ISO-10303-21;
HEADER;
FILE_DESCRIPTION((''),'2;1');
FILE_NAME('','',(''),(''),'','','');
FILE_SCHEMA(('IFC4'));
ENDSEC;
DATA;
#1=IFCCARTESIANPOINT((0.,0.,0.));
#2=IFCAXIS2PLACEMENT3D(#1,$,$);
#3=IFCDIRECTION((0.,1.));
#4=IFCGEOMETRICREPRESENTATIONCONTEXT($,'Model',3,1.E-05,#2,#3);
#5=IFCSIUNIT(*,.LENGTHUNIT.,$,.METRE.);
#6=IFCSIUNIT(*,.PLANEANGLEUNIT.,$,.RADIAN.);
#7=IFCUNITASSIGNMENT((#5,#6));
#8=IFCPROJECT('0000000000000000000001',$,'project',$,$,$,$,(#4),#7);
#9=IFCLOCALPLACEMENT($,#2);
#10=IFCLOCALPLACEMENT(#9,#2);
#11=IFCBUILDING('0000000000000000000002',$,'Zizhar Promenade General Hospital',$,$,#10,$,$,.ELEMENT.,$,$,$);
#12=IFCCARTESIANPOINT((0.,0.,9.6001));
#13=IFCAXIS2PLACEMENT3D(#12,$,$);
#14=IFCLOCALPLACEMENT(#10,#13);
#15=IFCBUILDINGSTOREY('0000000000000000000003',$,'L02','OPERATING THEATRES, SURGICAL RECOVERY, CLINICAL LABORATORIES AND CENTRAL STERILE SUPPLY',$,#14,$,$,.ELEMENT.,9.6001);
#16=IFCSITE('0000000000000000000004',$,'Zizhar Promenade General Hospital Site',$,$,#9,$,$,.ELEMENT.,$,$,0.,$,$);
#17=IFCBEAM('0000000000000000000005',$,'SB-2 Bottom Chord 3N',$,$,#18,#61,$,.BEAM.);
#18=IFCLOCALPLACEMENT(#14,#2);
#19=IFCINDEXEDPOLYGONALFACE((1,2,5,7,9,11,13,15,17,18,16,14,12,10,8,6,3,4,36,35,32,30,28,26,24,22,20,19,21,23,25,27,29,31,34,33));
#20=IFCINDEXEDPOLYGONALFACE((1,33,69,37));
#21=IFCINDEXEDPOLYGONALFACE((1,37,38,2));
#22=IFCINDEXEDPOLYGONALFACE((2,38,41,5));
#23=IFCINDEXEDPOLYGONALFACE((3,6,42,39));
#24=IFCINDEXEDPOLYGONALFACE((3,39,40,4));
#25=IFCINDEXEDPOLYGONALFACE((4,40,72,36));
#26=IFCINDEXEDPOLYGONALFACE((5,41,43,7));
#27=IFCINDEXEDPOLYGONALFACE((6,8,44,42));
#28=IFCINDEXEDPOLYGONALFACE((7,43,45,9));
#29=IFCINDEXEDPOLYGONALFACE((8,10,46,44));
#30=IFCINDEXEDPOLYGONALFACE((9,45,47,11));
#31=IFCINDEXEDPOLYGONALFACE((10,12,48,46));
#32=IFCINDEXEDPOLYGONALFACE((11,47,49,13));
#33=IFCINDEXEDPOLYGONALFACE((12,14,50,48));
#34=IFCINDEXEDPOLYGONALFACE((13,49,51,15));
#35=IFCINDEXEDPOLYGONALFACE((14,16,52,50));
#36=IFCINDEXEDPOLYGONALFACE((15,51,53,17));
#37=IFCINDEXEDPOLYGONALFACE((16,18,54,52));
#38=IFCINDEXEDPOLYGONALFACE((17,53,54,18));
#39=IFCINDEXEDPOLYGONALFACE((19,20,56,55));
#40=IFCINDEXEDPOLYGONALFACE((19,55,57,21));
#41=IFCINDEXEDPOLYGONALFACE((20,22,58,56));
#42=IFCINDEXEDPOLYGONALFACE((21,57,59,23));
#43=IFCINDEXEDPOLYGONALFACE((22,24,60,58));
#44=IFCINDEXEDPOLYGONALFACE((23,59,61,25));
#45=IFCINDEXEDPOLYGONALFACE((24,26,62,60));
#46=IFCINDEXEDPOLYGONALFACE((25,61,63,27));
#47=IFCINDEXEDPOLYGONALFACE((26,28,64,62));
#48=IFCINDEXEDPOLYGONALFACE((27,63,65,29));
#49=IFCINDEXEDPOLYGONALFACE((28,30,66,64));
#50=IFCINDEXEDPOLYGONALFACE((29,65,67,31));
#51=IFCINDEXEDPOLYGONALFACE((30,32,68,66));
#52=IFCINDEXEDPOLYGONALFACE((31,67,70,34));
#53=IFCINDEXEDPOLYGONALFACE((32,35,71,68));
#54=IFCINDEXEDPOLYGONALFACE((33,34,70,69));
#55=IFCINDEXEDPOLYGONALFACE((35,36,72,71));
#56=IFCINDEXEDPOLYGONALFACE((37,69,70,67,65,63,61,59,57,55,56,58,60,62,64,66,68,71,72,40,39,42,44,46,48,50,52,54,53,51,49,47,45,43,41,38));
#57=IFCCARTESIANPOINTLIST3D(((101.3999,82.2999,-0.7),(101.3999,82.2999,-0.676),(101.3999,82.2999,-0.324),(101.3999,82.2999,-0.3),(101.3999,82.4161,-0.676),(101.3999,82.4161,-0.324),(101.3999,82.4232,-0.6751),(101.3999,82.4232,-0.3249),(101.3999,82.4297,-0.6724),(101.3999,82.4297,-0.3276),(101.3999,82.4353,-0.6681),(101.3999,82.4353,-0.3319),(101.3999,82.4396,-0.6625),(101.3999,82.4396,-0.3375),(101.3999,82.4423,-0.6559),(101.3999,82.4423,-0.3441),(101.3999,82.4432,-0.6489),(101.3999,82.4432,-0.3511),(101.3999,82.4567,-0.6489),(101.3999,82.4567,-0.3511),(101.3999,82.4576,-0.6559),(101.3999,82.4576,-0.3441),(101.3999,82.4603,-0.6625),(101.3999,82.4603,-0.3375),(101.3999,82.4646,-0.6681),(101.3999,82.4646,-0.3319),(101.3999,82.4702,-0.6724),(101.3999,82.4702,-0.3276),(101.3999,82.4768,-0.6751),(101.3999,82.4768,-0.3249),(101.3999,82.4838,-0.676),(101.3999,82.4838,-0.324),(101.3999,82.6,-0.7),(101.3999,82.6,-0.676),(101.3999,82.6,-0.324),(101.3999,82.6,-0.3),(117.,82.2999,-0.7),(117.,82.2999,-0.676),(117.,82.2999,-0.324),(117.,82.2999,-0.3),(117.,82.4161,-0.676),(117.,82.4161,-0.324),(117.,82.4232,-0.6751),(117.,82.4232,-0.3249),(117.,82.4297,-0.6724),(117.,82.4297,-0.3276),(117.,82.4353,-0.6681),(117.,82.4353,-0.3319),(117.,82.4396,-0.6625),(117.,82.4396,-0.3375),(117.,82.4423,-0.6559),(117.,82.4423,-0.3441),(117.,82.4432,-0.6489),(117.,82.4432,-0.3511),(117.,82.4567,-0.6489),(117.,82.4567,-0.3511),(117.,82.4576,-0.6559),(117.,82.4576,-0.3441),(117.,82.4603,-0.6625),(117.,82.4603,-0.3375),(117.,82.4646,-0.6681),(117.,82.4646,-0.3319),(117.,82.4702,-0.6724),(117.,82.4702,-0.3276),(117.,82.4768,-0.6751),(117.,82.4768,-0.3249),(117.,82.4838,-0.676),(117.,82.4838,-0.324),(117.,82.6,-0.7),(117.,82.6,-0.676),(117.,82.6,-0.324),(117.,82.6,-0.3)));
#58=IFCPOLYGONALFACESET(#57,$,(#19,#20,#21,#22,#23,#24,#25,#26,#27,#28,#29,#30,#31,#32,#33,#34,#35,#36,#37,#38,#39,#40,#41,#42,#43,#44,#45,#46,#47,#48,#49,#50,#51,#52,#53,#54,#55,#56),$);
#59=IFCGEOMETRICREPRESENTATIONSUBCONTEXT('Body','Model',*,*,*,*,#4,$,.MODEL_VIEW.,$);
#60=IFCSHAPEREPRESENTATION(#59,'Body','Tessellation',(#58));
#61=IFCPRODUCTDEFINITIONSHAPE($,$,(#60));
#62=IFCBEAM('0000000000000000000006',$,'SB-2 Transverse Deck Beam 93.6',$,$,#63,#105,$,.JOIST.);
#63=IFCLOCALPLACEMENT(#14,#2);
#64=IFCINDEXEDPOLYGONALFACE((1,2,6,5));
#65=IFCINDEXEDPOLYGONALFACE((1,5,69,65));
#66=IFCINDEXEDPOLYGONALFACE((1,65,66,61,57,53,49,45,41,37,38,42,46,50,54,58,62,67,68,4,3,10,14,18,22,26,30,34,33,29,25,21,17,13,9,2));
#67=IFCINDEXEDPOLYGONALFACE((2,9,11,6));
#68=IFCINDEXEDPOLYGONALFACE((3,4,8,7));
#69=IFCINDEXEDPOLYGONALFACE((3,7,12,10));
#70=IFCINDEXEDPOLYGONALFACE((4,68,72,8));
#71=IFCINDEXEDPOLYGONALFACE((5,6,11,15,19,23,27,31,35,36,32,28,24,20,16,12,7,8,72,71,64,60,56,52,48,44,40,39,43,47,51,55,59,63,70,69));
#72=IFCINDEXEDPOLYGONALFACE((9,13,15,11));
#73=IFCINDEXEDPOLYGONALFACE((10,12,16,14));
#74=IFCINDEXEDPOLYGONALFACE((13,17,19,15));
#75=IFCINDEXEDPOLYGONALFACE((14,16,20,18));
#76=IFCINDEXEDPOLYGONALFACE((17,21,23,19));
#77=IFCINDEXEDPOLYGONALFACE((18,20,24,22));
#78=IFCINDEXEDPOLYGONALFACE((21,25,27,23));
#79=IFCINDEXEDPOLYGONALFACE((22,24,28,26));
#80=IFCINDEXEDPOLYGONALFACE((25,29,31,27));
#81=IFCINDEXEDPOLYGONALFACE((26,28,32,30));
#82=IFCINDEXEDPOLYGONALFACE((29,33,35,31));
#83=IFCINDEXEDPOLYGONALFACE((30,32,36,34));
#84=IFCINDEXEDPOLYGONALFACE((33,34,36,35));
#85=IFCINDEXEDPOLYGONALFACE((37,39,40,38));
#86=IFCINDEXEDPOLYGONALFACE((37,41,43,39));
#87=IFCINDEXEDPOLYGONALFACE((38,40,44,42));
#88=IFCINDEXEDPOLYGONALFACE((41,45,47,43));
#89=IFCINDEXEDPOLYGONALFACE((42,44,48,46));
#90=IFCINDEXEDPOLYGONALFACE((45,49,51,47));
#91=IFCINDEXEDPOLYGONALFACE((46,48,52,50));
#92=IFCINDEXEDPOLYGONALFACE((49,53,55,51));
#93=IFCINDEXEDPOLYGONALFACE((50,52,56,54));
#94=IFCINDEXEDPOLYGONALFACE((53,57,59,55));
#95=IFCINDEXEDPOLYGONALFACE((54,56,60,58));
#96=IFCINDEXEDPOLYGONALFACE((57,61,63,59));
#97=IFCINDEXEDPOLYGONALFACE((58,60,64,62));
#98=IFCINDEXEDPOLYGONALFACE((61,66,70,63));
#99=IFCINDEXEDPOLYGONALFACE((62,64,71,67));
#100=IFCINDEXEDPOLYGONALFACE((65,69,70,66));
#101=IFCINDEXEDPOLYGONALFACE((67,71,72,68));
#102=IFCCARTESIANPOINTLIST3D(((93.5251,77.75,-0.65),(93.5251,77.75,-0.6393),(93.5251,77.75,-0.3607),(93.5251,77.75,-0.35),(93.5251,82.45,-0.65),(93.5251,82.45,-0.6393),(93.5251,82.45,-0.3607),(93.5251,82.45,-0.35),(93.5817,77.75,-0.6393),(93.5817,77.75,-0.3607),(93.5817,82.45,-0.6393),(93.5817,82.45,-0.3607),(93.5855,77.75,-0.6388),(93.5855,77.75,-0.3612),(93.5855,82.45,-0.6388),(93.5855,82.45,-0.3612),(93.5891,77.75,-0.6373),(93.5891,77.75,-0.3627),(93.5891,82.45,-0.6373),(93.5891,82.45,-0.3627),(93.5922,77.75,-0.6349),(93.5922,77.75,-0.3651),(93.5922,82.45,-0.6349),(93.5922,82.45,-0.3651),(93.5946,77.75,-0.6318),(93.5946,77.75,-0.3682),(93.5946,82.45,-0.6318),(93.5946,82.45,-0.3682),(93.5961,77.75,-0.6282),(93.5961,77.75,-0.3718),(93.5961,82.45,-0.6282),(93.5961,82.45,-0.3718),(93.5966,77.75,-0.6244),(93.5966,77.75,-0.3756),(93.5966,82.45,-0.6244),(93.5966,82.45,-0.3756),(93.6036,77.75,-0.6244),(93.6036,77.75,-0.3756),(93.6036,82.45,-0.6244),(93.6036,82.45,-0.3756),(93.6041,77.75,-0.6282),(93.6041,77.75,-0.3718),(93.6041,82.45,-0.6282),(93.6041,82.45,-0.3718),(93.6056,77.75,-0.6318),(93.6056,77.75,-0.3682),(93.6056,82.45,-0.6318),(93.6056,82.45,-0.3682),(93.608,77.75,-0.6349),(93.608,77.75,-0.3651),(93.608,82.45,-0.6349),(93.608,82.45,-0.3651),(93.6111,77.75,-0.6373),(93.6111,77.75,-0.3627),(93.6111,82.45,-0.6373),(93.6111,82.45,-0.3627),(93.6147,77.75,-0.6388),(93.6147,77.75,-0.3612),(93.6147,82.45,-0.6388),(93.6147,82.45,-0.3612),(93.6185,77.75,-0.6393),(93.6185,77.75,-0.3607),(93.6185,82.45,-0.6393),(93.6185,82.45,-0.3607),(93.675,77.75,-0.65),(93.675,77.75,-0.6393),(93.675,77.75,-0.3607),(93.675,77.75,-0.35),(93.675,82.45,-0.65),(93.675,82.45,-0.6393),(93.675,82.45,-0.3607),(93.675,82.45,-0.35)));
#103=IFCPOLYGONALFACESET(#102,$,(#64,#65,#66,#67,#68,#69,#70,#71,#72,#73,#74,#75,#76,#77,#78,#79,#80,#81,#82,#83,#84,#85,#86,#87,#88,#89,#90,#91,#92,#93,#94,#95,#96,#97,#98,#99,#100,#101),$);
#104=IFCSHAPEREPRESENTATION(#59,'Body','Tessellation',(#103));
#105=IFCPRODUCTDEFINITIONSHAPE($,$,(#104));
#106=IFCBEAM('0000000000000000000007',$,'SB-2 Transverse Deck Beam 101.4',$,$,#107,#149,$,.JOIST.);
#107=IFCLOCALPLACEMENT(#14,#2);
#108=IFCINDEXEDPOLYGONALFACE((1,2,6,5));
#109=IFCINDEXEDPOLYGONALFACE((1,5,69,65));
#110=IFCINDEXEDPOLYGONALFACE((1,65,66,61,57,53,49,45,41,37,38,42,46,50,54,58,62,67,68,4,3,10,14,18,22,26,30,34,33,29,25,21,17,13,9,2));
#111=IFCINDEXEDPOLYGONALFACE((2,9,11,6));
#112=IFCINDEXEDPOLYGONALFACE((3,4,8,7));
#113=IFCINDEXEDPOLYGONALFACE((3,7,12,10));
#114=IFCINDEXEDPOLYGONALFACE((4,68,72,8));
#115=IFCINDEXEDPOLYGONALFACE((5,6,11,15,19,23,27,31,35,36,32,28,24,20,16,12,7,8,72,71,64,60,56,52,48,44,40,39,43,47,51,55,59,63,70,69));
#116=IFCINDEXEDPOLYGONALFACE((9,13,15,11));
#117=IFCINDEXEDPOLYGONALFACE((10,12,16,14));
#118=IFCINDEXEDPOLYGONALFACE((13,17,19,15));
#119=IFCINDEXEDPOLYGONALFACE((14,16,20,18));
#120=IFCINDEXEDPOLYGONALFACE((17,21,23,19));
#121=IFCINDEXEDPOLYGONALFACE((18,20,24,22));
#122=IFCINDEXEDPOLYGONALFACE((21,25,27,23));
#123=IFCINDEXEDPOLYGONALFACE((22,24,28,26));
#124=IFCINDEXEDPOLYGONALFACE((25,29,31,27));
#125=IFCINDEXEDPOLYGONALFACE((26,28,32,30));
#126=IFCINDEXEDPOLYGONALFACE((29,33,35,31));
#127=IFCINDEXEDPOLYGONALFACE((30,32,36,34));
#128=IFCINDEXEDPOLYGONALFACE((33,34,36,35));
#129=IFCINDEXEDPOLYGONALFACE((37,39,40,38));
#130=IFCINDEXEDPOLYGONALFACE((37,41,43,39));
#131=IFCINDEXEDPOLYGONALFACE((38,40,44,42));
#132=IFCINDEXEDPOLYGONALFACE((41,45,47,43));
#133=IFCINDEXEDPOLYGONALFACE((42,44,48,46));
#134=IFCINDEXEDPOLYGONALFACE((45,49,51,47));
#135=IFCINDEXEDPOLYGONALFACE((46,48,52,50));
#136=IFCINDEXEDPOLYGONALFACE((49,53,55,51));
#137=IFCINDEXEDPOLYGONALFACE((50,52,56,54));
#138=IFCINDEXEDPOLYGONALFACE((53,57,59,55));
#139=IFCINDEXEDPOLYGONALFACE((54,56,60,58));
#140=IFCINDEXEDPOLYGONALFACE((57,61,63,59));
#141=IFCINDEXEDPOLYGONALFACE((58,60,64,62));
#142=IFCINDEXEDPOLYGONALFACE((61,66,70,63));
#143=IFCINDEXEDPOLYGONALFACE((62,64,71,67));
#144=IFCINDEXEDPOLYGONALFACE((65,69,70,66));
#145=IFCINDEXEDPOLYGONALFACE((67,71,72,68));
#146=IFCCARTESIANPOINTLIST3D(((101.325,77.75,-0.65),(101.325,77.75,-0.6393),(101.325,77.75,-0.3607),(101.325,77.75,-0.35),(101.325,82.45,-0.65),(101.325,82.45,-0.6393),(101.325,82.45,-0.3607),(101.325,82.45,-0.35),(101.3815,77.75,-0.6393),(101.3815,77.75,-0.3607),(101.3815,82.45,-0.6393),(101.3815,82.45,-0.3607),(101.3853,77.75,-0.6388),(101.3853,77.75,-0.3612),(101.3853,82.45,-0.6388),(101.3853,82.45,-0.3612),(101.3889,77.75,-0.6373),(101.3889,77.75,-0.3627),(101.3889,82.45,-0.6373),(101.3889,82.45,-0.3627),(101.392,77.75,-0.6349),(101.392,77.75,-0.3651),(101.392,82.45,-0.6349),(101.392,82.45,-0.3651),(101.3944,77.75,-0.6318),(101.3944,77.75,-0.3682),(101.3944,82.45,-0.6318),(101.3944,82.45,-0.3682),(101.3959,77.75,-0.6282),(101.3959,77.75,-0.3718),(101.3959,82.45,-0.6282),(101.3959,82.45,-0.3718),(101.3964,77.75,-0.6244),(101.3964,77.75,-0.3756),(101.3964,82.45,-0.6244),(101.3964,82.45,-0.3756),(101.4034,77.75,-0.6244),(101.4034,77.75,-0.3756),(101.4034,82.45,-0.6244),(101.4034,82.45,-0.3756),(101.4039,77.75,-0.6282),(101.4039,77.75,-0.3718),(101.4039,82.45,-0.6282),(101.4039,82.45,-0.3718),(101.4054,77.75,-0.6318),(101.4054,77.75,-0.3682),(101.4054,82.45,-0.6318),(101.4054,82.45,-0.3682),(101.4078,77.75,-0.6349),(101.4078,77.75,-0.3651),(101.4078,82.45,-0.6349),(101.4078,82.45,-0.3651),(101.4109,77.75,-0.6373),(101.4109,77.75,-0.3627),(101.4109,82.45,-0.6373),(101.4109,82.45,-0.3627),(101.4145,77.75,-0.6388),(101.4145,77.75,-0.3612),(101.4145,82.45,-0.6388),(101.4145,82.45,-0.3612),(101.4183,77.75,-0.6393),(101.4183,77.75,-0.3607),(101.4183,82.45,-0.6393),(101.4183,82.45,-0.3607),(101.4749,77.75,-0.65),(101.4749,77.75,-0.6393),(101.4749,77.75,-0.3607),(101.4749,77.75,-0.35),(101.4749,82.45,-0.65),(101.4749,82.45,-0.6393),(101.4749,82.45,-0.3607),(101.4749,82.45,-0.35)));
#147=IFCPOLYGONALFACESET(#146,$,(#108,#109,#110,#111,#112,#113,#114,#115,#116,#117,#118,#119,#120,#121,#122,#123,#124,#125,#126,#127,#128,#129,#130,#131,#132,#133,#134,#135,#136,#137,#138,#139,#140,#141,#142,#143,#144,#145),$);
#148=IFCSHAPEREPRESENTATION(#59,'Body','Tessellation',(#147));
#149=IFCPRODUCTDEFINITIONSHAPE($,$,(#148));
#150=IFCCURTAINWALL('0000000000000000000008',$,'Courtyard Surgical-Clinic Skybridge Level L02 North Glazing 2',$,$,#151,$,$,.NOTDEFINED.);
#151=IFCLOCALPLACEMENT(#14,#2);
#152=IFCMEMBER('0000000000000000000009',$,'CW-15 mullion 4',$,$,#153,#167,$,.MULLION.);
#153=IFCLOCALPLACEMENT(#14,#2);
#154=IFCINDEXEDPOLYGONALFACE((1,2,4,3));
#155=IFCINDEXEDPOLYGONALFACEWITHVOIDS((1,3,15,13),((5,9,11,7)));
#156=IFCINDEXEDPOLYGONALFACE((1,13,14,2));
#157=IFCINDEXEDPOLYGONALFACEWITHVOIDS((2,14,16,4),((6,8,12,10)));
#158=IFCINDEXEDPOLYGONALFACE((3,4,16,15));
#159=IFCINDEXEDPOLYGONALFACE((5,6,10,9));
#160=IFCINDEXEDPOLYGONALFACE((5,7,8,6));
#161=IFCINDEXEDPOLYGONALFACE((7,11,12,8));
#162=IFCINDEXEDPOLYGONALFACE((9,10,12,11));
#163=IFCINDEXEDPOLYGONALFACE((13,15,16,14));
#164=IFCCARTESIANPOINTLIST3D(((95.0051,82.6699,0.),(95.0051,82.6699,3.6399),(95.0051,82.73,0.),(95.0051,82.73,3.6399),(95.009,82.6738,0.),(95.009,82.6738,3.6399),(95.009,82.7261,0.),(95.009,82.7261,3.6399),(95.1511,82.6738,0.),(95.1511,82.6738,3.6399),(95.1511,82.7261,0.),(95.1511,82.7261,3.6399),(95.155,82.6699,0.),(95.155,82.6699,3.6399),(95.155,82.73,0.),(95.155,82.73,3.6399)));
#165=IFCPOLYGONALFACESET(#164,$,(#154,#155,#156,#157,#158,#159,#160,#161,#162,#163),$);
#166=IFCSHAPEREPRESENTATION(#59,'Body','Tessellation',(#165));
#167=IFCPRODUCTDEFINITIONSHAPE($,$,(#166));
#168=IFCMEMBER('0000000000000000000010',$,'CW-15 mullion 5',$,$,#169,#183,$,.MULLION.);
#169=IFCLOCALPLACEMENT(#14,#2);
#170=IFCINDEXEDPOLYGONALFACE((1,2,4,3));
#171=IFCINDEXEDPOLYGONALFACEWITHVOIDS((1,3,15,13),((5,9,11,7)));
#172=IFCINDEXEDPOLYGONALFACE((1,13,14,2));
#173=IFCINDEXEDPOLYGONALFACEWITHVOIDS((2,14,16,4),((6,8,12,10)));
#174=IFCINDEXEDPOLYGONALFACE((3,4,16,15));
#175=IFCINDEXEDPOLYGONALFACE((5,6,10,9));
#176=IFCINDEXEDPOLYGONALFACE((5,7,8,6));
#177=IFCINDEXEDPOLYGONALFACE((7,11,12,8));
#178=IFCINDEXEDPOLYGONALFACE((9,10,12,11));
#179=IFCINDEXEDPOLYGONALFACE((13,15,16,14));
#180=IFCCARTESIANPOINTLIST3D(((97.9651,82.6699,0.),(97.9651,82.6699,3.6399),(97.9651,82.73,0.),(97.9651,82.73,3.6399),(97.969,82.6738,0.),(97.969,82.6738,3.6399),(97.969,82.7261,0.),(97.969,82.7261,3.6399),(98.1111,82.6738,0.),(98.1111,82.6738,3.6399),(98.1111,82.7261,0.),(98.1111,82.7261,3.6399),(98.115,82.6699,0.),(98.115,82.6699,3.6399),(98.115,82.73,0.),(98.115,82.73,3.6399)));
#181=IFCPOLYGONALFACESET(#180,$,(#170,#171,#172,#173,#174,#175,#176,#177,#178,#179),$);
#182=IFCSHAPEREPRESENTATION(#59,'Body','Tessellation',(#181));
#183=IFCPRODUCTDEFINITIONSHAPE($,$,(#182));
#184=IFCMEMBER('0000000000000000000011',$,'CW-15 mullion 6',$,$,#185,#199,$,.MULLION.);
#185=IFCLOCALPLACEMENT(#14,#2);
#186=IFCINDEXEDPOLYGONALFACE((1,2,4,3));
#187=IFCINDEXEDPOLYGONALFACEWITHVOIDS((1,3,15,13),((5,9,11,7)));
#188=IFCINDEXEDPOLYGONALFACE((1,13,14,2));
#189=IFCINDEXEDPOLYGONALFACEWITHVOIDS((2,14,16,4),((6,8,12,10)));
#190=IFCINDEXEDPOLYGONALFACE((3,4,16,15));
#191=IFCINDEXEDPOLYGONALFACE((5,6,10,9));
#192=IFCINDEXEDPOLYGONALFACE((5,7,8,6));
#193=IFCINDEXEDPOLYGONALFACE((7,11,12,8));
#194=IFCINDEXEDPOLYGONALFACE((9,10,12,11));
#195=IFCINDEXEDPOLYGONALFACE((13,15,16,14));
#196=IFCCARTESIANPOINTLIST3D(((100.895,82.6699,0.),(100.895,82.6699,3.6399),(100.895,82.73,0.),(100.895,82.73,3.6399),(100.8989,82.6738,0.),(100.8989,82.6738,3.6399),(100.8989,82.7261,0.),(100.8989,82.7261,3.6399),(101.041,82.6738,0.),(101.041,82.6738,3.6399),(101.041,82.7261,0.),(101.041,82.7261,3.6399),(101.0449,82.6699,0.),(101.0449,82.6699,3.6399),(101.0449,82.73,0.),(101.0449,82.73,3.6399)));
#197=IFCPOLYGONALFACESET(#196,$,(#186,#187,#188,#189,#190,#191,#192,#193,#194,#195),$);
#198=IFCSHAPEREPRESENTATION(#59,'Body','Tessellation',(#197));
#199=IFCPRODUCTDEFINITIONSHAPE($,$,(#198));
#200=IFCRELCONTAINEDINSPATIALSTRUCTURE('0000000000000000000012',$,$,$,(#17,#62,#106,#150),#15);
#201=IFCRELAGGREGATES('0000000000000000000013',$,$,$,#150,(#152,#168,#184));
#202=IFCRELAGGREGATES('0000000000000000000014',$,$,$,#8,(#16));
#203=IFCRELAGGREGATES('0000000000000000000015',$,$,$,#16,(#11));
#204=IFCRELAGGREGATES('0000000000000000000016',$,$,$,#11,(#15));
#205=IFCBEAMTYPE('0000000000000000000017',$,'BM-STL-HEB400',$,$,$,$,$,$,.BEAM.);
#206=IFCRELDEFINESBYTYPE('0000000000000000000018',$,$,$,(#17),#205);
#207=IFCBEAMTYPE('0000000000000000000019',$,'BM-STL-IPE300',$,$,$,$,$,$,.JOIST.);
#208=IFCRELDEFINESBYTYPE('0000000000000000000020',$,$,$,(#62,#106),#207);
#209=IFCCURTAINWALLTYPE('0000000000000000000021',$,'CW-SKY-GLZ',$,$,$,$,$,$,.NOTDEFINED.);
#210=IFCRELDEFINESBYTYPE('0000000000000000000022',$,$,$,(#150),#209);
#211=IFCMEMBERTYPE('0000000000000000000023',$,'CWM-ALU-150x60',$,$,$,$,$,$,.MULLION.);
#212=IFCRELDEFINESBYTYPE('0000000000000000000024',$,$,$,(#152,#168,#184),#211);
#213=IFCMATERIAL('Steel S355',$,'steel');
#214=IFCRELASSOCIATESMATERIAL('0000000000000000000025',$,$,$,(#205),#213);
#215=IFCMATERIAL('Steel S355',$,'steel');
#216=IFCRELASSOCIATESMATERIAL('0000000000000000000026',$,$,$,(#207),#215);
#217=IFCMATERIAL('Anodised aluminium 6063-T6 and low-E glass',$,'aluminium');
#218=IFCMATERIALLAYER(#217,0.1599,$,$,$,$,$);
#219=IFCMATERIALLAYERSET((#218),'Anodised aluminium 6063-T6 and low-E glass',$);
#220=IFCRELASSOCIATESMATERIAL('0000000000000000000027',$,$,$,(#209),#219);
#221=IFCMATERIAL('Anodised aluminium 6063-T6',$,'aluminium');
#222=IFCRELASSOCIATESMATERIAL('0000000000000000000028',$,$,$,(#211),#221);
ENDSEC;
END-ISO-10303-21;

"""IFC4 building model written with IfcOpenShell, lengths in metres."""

from ifc_helpers import new_model, si_unit, direction, frame, origin, origin_2d, place, context, subcontext, project, spatial, hollow_rectangle, i_section, extrude, material, layer, layer_set, material_profile, profile_set, type_object, element, aggregate, save


model = new_model("IFC4")

# Units and contexts
model_context = context("Model", 3, precision=1e-05, world=origin(), true_north=direction((0.0, 1.0)))
body_context = subcontext(model_context, "Body", "Model", "MODEL_VIEW")
ifc_project = project(units=[si_unit("LENGTHUNIT", "METRE"), si_unit("PLANEANGLEUNIT", "RADIAN")], contexts=[model_context])

# Site, building, storey
site_placement = place(None, origin())
site = spatial("IfcSite", under=ifc_project, at=site_placement, Name="Zizhar Promenade General Hospital Site", CompositionType="ELEMENT", RefElevation=0.0)
building_placement = place(site_placement, origin())
building = spatial("IfcBuilding", under=site, at=building_placement, Name="Zizhar Promenade General Hospital", CompositionType="ELEMENT")
storey_placement = place(building_placement, frame((0.0, 0.0, 9.6001)))
storey = spatial("IfcBuildingStorey", under=building, at=storey_placement, Name="L02", Description="OPERATING THEATRES, SURGICAL RECOVERY, CLINICAL LABORATORIES AND CENTRAL STERILE SUPPLY", CompositionType="ELEMENT", Elevation=9.6001)

# Beams
ifc_material_1 = material(Name="Steel S355", Category="steel")
ifc_material_profile_1 = material_profile(ifc_material_1, i_section(OverallWidth=0.3, OverallDepth=0.3999, WebThickness=0.0134, FlangeThickness=0.0239, FilletRadius=0.0271, at=origin_2d()))
ifc_profile_set_1 = profile_set([ifc_material_profile_1], Name="Steel S355")
beam_type_1 = type_object("IfcBeamType", Name="BM-STL-HEB400", PredefinedType="BEAM", material=ifc_profile_set_1)
for number, where, z_axis, x_axis, name in (
    (1, (101.3999, 82.45, -0.5), (1.0, 0.0, 0.0), (0.0, 1.0, 0.0), "SB-2 Bottom Chord 3N"),
):
    element("IfcBeam", number, at=place(storey_placement, frame(where, z_axis=z_axis, x_axis=x_axis)), inside=storey, type_object=beam_type_1, Name=name, PredefinedType="BEAM", context=body_context, shape_type="SweptSolid", body=[
        extrude(i_section(OverallWidth=0.3, OverallDepth=0.3999, WebThickness=0.0134, FlangeThickness=0.0239, FilletRadius=0.0271, at=origin_2d()), origin(), (0.0, 0.0, 1.0), 15.6001),
    ])
ifc_material_2 = material(Name="Steel S355", Category="steel")
ifc_material_profile_2 = material_profile(ifc_material_2, i_section(OverallWidth=0.1499, OverallDepth=0.3, WebThickness=0.0071, FlangeThickness=0.0107, FilletRadius=0.0149, at=origin_2d()))
ifc_profile_set_2 = profile_set([ifc_material_profile_2], Name="Steel S355")
beam_type_2 = type_object("IfcBeamType", Name="BM-STL-IPE300", PredefinedType="JOIST", material=ifc_profile_set_2)
for number, where, z_axis, x_axis, name in (
    (2, (93.6001, 77.75, -0.5), (0.0, 1.0, 0.0), (-1.0, 0.0, 0.0), "SB-2 Transverse Deck Beam 93.6"),
    (3, (101.3999, 77.75, -0.5), (0.0, 1.0, 0.0), (-1.0, 0.0, 0.0), "SB-2 Transverse Deck Beam 101.4"),
):
    element("IfcBeam", number, at=place(storey_placement, frame(where, z_axis=z_axis, x_axis=x_axis)), inside=storey, type_object=beam_type_2, Name=name, PredefinedType="JOIST", context=body_context, shape_type="SweptSolid", body=[
        extrude(i_section(OverallWidth=0.1499, OverallDepth=0.3, WebThickness=0.0071, FlangeThickness=0.0107, FilletRadius=0.0149, at=origin_2d()), origin(), (0.0, 0.0, 1.0), 4.7),
    ])

# Curtain wall, members
ifc_material_3 = material(Name="Anodised aluminium 6063-T6 and low-E glass", Category="aluminium")
ifc_layer_1 = layer(ifc_material_3, 0.1599)
ifc_layer_set_1 = layer_set([ifc_layer_1], Name="Anodised aluminium 6063-T6 and low-E glass")
curtain_wall_type = type_object("IfcCurtainWallType", Name="CW-SKY-GLZ", PredefinedType="NOTDEFINED", material=ifc_layer_set_1)
curtain_wall_placement = place(storey_placement, origin())
curtain_wall = element("IfcCurtainWall", 4, at=curtain_wall_placement, inside=storey, type_object=curtain_wall_type, Name="Courtyard Surgical-Clinic Skybridge Level L02 North Glazing 2", PredefinedType="NOTDEFINED")
ifc_material_4 = material(Name="Anodised aluminium 6063-T6", Category="aluminium")
ifc_material_profile_3 = material_profile(ifc_material_4, hollow_rectangle(XDim=0.0601, YDim=0.1499, WallThickness=0.0039, at=origin_2d()))
ifc_profile_set_3 = profile_set([ifc_material_profile_3], Name="Anodised aluminium 6063-T6")
member_type_1 = type_object("IfcMemberType", Name="CWM-ALU-150x60", PredefinedType="MULLION", material=ifc_profile_set_3)
member_1_placement = place(storey_placement, frame((95.0801, 82.7, 0.0), z_axis=(0.0, 0.0, 1.0), x_axis=(0.0, 1.0, 0.0)))
member_1 = element("IfcMember", 5, at=member_1_placement, type_object=member_type_1, Name="CW-15 mullion 4", PredefinedType="MULLION", context=body_context, shape_type="SweptSolid", body=[
    extrude(hollow_rectangle(XDim=0.0601, YDim=0.1499, WallThickness=0.0039, at=origin_2d()), origin(), (0.0, 0.0, 1.0), 3.6399),
])
member_2_placement = place(storey_placement, frame((98.04, 82.7, 0.0), z_axis=(0.0, 0.0, 1.0), x_axis=(0.0, 1.0, 0.0)))
member_2 = element("IfcMember", 6, at=member_2_placement, type_object=member_type_1, Name="CW-15 mullion 5", PredefinedType="MULLION", context=body_context, shape_type="SweptSolid", body=[
    extrude(hollow_rectangle(XDim=0.0601, YDim=0.1499, WallThickness=0.0039, at=origin_2d()), origin(), (0.0, 0.0, 1.0), 3.6399),
])
member_3_placement = place(storey_placement, frame((100.97, 82.7, 0.0), z_axis=(0.0, 0.0, 1.0), x_axis=(0.0, 1.0, 0.0)))
member_3 = element("IfcMember", 7, at=member_3_placement, type_object=member_type_1, Name="CW-15 mullion 6", PredefinedType="MULLION", context=body_context, shape_type="SweptSolid", body=[
    extrude(hollow_rectangle(XDim=0.0601, YDim=0.1499, WallThickness=0.0039, at=origin_2d()), origin(), (0.0, 0.0, 1.0), 3.6399),
])

aggregate(curtain_wall, [member_1, member_2, member_3])

save(model, "model.ifc")
